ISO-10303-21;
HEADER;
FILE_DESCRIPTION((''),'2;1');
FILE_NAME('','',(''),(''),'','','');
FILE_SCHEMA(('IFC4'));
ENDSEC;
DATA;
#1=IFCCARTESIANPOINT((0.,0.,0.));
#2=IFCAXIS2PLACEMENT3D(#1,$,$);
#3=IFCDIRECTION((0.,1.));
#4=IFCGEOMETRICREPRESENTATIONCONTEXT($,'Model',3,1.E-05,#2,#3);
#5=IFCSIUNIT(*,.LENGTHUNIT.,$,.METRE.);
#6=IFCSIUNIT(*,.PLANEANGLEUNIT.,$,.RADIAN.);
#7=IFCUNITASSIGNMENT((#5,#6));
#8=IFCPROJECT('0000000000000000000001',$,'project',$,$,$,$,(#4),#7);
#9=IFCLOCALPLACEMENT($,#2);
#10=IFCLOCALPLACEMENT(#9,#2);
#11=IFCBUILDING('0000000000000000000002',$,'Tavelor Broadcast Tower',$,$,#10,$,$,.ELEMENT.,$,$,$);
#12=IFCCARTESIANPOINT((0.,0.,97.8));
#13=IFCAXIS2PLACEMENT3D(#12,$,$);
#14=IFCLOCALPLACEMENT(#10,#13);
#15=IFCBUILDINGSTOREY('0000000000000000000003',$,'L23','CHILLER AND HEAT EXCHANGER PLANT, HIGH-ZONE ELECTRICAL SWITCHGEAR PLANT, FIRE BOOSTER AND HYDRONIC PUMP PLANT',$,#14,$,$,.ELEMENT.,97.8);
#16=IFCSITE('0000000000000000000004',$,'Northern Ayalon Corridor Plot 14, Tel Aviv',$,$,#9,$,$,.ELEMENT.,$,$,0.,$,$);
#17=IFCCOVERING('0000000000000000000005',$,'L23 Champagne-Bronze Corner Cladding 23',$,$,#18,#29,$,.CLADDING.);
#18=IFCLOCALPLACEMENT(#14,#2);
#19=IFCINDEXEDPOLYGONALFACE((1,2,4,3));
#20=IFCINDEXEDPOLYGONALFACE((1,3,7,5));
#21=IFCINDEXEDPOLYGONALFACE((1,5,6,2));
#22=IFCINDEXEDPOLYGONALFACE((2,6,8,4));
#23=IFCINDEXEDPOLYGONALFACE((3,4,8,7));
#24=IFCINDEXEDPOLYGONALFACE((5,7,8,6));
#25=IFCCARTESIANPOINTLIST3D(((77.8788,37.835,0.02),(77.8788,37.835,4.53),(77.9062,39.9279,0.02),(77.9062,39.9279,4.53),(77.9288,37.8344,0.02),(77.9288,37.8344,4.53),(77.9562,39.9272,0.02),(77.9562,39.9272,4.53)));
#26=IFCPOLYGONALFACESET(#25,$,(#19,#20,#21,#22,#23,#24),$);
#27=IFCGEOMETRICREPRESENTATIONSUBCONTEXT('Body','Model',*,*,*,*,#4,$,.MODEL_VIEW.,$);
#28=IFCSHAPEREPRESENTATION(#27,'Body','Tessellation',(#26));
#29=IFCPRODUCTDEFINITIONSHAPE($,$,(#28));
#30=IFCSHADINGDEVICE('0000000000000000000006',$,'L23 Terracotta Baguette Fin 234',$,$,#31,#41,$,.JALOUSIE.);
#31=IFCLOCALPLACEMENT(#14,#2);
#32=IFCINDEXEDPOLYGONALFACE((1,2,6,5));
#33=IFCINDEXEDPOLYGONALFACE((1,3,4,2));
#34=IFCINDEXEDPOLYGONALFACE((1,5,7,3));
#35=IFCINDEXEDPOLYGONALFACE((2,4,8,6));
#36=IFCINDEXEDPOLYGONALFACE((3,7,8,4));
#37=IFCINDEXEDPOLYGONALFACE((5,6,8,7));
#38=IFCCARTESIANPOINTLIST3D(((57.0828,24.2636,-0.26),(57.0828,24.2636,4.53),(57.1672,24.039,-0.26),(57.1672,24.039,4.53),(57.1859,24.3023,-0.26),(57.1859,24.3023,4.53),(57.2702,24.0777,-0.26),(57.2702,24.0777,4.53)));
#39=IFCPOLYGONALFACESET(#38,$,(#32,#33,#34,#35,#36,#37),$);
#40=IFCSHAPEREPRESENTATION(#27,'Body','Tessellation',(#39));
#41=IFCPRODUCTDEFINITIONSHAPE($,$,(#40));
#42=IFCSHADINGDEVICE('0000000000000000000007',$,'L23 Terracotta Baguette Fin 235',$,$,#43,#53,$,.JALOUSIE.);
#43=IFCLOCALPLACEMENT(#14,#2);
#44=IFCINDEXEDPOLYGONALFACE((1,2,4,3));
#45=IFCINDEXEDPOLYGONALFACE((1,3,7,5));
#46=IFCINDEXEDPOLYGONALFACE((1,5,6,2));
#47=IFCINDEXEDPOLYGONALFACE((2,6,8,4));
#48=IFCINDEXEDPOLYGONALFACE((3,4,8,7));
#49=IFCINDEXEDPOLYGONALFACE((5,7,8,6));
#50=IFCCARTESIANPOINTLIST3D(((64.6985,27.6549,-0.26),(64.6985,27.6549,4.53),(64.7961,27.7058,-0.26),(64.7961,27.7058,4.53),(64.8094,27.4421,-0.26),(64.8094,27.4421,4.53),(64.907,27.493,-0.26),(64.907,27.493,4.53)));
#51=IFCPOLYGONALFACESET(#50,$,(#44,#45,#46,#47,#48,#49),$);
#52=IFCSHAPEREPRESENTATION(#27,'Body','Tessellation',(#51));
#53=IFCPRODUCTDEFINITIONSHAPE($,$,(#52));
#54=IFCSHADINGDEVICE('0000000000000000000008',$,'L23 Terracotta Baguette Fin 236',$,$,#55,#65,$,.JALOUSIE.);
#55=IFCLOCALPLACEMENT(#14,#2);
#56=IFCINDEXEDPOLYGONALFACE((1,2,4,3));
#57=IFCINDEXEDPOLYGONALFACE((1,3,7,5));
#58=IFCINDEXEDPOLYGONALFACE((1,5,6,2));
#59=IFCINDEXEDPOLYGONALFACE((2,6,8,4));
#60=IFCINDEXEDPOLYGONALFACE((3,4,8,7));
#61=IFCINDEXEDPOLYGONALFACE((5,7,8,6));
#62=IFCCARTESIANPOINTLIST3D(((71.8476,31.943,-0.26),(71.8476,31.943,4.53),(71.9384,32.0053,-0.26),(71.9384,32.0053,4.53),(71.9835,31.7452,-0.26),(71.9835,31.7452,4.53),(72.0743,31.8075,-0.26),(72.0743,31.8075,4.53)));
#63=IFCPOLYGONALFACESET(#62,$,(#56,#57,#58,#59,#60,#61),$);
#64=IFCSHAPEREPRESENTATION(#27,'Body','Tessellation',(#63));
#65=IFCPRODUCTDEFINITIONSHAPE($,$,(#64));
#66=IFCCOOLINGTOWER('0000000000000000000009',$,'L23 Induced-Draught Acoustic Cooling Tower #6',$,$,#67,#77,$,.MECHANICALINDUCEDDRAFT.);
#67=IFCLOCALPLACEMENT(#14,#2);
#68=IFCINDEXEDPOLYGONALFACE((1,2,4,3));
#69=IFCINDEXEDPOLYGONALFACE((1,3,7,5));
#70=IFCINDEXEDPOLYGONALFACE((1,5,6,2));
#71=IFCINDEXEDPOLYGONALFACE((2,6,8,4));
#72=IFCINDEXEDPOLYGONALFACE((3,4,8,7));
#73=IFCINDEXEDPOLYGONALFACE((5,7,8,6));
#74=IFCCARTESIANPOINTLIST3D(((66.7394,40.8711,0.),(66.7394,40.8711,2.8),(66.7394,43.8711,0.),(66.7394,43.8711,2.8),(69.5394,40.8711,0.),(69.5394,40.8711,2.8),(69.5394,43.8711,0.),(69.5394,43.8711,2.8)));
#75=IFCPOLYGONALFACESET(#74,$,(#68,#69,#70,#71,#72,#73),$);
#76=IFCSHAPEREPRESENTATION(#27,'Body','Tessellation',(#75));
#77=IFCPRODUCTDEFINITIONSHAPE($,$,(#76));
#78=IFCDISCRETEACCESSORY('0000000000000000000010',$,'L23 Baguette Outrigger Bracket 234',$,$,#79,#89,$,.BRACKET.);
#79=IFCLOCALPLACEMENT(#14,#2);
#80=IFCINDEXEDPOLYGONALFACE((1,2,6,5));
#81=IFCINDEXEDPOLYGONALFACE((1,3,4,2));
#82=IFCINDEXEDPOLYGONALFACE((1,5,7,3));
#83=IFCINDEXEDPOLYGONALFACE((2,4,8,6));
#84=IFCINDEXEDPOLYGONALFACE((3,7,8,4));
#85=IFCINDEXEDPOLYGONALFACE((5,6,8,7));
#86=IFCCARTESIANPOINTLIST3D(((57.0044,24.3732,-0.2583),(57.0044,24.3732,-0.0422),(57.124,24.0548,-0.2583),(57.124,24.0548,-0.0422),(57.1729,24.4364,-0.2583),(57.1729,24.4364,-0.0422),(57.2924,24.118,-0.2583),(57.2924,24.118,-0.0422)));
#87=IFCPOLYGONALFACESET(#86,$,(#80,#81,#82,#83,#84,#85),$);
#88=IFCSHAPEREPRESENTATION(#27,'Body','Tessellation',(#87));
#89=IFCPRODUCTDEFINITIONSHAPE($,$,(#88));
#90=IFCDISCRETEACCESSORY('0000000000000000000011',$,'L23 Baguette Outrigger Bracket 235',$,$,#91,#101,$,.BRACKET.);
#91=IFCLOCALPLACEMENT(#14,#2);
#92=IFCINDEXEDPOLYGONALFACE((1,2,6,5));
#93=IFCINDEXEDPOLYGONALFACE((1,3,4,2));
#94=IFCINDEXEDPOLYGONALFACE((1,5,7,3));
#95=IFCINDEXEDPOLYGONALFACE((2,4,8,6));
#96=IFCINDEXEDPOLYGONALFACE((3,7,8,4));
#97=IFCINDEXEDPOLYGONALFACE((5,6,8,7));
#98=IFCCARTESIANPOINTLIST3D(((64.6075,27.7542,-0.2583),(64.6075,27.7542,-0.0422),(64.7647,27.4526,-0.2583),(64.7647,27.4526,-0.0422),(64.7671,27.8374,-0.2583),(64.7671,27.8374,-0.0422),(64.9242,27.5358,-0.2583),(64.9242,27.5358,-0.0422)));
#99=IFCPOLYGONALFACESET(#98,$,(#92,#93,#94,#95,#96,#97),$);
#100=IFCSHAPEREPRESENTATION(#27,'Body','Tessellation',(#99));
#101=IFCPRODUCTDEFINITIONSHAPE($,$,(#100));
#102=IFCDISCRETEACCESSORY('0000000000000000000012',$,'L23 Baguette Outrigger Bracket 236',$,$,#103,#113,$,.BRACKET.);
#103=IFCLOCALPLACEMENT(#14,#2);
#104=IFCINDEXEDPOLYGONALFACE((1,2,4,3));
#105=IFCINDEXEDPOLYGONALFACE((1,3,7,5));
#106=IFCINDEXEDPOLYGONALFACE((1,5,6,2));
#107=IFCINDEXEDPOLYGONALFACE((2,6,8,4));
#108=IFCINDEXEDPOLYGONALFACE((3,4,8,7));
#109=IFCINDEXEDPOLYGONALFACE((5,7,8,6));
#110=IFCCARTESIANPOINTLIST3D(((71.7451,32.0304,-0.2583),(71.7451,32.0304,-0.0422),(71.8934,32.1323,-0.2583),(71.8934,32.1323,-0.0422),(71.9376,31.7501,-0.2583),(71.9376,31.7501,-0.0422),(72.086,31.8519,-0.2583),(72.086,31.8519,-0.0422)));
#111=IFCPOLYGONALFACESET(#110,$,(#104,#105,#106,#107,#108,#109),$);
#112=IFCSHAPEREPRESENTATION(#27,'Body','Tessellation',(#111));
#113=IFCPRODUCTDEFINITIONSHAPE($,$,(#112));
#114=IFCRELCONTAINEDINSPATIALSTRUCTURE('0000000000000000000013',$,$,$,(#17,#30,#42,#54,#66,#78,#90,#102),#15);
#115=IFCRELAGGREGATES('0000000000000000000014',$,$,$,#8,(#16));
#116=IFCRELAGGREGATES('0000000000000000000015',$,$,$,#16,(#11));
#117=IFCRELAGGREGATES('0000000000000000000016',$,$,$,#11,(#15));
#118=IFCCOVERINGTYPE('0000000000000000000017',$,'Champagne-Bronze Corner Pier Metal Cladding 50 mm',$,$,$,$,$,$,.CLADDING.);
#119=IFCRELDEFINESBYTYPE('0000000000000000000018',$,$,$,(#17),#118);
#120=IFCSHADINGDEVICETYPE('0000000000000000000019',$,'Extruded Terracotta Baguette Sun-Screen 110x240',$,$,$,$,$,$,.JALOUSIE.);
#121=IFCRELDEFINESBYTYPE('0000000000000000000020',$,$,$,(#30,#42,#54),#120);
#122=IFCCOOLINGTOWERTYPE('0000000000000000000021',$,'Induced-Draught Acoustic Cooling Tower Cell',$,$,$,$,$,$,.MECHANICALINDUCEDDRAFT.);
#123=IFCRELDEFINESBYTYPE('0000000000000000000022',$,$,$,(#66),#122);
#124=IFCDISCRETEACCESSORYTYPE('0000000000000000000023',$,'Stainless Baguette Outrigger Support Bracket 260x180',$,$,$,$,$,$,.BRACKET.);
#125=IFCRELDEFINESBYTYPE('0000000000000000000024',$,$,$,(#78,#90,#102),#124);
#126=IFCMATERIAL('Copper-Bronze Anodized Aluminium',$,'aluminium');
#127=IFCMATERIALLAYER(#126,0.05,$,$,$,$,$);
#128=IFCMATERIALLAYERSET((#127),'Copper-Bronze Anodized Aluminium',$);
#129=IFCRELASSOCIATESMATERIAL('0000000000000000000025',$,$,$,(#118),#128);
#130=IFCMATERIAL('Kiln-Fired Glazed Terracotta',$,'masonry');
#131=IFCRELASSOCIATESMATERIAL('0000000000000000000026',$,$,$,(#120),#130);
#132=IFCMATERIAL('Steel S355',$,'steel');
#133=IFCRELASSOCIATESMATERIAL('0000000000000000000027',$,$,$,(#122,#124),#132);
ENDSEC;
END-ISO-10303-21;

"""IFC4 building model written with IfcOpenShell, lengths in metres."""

from ifc_helpers import new_model, si_unit, direction, frame, origin, origin_2d, place, context, subcontext, project, spatial, rectangle, extrude, source, transform, mapped, material, layer, layer_set, type_object, type_shapes, element, save


model = new_model("IFC4")

# Units and contexts
model_context = context("Model", 3, precision=1e-05, world=origin(), true_north=direction((0.0, 1.0)))
body_context = subcontext(model_context, "Body", "Model", "MODEL_VIEW")
ifc_project = project(units=[si_unit("LENGTHUNIT", "METRE"), si_unit("PLANEANGLEUNIT", "RADIAN")], contexts=[model_context])

# Site, building, storey
site_placement = place(None, origin())
site = spatial("IfcSite", under=ifc_project, at=site_placement, Name="Northern Ayalon Corridor Plot 14, Tel Aviv", CompositionType="ELEMENT", RefElevation=0.0)
building_placement = place(site_placement, origin())
building = spatial("IfcBuilding", under=site, at=building_placement, Name="Tavelor Broadcast Tower", CompositionType="ELEMENT")
storey_placement = place(building_placement, frame((0.0, 0.0, 97.8)))
storey = spatial("IfcBuildingStorey", under=building, at=storey_placement, Name="L23", Description="CHILLER AND HEAT EXCHANGER PLANT, HIGH-ZONE ELECTRICAL SWITCHGEAR PLANT, FIRE BOOSTER AND HYDRONIC PUMP PLANT", CompositionType="ELEMENT", Elevation=97.8)

# Shared definitions
ifc_material_1 = material(Name="Steel S355", Category="steel")

# Covering
ifc_material_2 = material(Name="Copper-Bronze Anodized Aluminium", Category="aluminium")
ifc_layer_1 = layer(ifc_material_2, 0.05)
ifc_layer_set_1 = layer_set([ifc_layer_1], Name="Copper-Bronze Anodized Aluminium")
covering_type = type_object("IfcCoveringType", Name="Champagne-Bronze Corner Pier Metal Cladding 50 mm", PredefinedType="CLADDING", material=ifc_layer_set_1)
covering_placement = place(storey_placement, frame((77.9175, 38.8811, 0.02), z_axis=(0.0, 0.0, 1.0), x_axis=(0.01309, 0.999914, 0.0)))
element("IfcCovering", 1, at=covering_placement, inside=storey, type_object=covering_type, Name="L23 Champagne-Bronze Corner Cladding 23", PredefinedType="CLADDING", context=body_context, shape_type="SweptSolid", body=[
    extrude(rectangle(XDim=2.093, YDim=0.05, at=origin_2d()), origin(), (0.0, 0.0, 1.0), 4.51),
])

# Shading devices
ifc_material_3 = material(Name="Kiln-Fired Glazed Terracotta", Category="masonry")
shading_device_type = type_object("IfcShadingDeviceType", Name="Extruded Terracotta Baguette Sun-Screen 110x240", PredefinedType="JALOUSIE", material=ifc_material_3)
shared_shape_1 = source(origin(), body_context, "Body", "SweptSolid", [
    extrude(rectangle(XDim=0.1101, YDim=0.24, at=origin_2d()), origin(), (0.0, 0.0, 1.0), 4.79),
])
type_shapes(shading_device_type, [shared_shape_1])
for number, where, z_axis, x_axis, name in (
    (2, (57.1765, 24.1707, -0.26), (0.0, 0.0, 1.0), (0.936182, 0.351515, 0.0), "L23 Terracotta Baguette Fin 234"),
    (3, (64.8027, 27.574, -0.26), (0.0, 0.0, 1.0), (0.886769, 0.462213, 0.0), "L23 Terracotta Baguette Fin 235"),
    (4, (71.9609, 31.8752, -0.26), (0.0, 0.0, 1.0), (0.824324, 0.566119, 0.0), "L23 Terracotta Baguette Fin 236"),
):
    element("IfcShadingDevice", number, at=place(storey_placement, frame(where, z_axis=z_axis, x_axis=x_axis)), inside=storey, type_object=shading_device_type, Name=name, PredefinedType="JALOUSIE", context=body_context, shape_type="MappedRepresentation", body=[
        mapped(shared_shape_1, transform((0.0, 0.0, 0.0), scale=1.0)),
    ])

# Cooling tower
cooling_tower_type = type_object("IfcCoolingTowerType", Name="Induced-Draught Acoustic Cooling Tower Cell", PredefinedType="MECHANICALINDUCEDDRAFT", material=ifc_material_1)
cooling_tower_placement = place(storey_placement, frame((68.1394, 42.3711, 0.0), z_axis=(0.0, 0.0, 1.0), x_axis=(1.0, 0.0, 0.0)))
element("IfcCoolingTower", 5, at=cooling_tower_placement, inside=storey, type_object=cooling_tower_type, Name="L23 Induced-Draught Acoustic Cooling Tower #6", PredefinedType="MECHANICALINDUCEDDRAFT", context=body_context, shape_type="SweptSolid", body=[
    extrude(rectangle(XDim=2.8, YDim=3.0, at=origin_2d()), origin(), (0.0, 0.0, 1.0), 2.8),
])

# Discrete accessories
discrete_accessory_type = type_object("IfcDiscreteAccessoryType", Name="Stainless Baguette Outrigger Support Bracket 260x180", PredefinedType="BRACKET", material=ifc_material_1)
shared_shape_2 = source(origin(), body_context, "Body", "SweptSolid", [
    extrude(rectangle(XDim=0.1799, YDim=0.3401, at=origin_2d()), origin(), (0.0, 0.0, 1.0), 0.2161),
])
type_shapes(discrete_accessory_type, [shared_shape_2])
for number, where, z_axis, x_axis, name in (
    (6, (57.1484, 24.2456, -0.2583), (0.0, 0.0, 1.0), (0.936182, 0.351515, 0.0), "L23 Baguette Outrigger Bracket 234"),
    (7, (64.7659, 27.645, -0.2583), (0.0, 0.0, 1.0), (0.886769, 0.462213, 0.0), "L23 Baguette Outrigger Bracket 235"),
    (8, (71.9155, 31.9412, -0.2583), (0.0, 0.0, 1.0), (0.824324, 0.566119, 0.0), "L23 Baguette Outrigger Bracket 236"),
):
    element("IfcDiscreteAccessory", number, at=place(storey_placement, frame(where, z_axis=z_axis, x_axis=x_axis)), inside=storey, type_object=discrete_accessory_type, Name=name, PredefinedType="BRACKET", context=body_context, shape_type="MappedRepresentation", body=[
        mapped(shared_shape_2, transform((0.0, 0.0, 0.0), scale=1.0)),
    ])

save(model, "model.ifc")
